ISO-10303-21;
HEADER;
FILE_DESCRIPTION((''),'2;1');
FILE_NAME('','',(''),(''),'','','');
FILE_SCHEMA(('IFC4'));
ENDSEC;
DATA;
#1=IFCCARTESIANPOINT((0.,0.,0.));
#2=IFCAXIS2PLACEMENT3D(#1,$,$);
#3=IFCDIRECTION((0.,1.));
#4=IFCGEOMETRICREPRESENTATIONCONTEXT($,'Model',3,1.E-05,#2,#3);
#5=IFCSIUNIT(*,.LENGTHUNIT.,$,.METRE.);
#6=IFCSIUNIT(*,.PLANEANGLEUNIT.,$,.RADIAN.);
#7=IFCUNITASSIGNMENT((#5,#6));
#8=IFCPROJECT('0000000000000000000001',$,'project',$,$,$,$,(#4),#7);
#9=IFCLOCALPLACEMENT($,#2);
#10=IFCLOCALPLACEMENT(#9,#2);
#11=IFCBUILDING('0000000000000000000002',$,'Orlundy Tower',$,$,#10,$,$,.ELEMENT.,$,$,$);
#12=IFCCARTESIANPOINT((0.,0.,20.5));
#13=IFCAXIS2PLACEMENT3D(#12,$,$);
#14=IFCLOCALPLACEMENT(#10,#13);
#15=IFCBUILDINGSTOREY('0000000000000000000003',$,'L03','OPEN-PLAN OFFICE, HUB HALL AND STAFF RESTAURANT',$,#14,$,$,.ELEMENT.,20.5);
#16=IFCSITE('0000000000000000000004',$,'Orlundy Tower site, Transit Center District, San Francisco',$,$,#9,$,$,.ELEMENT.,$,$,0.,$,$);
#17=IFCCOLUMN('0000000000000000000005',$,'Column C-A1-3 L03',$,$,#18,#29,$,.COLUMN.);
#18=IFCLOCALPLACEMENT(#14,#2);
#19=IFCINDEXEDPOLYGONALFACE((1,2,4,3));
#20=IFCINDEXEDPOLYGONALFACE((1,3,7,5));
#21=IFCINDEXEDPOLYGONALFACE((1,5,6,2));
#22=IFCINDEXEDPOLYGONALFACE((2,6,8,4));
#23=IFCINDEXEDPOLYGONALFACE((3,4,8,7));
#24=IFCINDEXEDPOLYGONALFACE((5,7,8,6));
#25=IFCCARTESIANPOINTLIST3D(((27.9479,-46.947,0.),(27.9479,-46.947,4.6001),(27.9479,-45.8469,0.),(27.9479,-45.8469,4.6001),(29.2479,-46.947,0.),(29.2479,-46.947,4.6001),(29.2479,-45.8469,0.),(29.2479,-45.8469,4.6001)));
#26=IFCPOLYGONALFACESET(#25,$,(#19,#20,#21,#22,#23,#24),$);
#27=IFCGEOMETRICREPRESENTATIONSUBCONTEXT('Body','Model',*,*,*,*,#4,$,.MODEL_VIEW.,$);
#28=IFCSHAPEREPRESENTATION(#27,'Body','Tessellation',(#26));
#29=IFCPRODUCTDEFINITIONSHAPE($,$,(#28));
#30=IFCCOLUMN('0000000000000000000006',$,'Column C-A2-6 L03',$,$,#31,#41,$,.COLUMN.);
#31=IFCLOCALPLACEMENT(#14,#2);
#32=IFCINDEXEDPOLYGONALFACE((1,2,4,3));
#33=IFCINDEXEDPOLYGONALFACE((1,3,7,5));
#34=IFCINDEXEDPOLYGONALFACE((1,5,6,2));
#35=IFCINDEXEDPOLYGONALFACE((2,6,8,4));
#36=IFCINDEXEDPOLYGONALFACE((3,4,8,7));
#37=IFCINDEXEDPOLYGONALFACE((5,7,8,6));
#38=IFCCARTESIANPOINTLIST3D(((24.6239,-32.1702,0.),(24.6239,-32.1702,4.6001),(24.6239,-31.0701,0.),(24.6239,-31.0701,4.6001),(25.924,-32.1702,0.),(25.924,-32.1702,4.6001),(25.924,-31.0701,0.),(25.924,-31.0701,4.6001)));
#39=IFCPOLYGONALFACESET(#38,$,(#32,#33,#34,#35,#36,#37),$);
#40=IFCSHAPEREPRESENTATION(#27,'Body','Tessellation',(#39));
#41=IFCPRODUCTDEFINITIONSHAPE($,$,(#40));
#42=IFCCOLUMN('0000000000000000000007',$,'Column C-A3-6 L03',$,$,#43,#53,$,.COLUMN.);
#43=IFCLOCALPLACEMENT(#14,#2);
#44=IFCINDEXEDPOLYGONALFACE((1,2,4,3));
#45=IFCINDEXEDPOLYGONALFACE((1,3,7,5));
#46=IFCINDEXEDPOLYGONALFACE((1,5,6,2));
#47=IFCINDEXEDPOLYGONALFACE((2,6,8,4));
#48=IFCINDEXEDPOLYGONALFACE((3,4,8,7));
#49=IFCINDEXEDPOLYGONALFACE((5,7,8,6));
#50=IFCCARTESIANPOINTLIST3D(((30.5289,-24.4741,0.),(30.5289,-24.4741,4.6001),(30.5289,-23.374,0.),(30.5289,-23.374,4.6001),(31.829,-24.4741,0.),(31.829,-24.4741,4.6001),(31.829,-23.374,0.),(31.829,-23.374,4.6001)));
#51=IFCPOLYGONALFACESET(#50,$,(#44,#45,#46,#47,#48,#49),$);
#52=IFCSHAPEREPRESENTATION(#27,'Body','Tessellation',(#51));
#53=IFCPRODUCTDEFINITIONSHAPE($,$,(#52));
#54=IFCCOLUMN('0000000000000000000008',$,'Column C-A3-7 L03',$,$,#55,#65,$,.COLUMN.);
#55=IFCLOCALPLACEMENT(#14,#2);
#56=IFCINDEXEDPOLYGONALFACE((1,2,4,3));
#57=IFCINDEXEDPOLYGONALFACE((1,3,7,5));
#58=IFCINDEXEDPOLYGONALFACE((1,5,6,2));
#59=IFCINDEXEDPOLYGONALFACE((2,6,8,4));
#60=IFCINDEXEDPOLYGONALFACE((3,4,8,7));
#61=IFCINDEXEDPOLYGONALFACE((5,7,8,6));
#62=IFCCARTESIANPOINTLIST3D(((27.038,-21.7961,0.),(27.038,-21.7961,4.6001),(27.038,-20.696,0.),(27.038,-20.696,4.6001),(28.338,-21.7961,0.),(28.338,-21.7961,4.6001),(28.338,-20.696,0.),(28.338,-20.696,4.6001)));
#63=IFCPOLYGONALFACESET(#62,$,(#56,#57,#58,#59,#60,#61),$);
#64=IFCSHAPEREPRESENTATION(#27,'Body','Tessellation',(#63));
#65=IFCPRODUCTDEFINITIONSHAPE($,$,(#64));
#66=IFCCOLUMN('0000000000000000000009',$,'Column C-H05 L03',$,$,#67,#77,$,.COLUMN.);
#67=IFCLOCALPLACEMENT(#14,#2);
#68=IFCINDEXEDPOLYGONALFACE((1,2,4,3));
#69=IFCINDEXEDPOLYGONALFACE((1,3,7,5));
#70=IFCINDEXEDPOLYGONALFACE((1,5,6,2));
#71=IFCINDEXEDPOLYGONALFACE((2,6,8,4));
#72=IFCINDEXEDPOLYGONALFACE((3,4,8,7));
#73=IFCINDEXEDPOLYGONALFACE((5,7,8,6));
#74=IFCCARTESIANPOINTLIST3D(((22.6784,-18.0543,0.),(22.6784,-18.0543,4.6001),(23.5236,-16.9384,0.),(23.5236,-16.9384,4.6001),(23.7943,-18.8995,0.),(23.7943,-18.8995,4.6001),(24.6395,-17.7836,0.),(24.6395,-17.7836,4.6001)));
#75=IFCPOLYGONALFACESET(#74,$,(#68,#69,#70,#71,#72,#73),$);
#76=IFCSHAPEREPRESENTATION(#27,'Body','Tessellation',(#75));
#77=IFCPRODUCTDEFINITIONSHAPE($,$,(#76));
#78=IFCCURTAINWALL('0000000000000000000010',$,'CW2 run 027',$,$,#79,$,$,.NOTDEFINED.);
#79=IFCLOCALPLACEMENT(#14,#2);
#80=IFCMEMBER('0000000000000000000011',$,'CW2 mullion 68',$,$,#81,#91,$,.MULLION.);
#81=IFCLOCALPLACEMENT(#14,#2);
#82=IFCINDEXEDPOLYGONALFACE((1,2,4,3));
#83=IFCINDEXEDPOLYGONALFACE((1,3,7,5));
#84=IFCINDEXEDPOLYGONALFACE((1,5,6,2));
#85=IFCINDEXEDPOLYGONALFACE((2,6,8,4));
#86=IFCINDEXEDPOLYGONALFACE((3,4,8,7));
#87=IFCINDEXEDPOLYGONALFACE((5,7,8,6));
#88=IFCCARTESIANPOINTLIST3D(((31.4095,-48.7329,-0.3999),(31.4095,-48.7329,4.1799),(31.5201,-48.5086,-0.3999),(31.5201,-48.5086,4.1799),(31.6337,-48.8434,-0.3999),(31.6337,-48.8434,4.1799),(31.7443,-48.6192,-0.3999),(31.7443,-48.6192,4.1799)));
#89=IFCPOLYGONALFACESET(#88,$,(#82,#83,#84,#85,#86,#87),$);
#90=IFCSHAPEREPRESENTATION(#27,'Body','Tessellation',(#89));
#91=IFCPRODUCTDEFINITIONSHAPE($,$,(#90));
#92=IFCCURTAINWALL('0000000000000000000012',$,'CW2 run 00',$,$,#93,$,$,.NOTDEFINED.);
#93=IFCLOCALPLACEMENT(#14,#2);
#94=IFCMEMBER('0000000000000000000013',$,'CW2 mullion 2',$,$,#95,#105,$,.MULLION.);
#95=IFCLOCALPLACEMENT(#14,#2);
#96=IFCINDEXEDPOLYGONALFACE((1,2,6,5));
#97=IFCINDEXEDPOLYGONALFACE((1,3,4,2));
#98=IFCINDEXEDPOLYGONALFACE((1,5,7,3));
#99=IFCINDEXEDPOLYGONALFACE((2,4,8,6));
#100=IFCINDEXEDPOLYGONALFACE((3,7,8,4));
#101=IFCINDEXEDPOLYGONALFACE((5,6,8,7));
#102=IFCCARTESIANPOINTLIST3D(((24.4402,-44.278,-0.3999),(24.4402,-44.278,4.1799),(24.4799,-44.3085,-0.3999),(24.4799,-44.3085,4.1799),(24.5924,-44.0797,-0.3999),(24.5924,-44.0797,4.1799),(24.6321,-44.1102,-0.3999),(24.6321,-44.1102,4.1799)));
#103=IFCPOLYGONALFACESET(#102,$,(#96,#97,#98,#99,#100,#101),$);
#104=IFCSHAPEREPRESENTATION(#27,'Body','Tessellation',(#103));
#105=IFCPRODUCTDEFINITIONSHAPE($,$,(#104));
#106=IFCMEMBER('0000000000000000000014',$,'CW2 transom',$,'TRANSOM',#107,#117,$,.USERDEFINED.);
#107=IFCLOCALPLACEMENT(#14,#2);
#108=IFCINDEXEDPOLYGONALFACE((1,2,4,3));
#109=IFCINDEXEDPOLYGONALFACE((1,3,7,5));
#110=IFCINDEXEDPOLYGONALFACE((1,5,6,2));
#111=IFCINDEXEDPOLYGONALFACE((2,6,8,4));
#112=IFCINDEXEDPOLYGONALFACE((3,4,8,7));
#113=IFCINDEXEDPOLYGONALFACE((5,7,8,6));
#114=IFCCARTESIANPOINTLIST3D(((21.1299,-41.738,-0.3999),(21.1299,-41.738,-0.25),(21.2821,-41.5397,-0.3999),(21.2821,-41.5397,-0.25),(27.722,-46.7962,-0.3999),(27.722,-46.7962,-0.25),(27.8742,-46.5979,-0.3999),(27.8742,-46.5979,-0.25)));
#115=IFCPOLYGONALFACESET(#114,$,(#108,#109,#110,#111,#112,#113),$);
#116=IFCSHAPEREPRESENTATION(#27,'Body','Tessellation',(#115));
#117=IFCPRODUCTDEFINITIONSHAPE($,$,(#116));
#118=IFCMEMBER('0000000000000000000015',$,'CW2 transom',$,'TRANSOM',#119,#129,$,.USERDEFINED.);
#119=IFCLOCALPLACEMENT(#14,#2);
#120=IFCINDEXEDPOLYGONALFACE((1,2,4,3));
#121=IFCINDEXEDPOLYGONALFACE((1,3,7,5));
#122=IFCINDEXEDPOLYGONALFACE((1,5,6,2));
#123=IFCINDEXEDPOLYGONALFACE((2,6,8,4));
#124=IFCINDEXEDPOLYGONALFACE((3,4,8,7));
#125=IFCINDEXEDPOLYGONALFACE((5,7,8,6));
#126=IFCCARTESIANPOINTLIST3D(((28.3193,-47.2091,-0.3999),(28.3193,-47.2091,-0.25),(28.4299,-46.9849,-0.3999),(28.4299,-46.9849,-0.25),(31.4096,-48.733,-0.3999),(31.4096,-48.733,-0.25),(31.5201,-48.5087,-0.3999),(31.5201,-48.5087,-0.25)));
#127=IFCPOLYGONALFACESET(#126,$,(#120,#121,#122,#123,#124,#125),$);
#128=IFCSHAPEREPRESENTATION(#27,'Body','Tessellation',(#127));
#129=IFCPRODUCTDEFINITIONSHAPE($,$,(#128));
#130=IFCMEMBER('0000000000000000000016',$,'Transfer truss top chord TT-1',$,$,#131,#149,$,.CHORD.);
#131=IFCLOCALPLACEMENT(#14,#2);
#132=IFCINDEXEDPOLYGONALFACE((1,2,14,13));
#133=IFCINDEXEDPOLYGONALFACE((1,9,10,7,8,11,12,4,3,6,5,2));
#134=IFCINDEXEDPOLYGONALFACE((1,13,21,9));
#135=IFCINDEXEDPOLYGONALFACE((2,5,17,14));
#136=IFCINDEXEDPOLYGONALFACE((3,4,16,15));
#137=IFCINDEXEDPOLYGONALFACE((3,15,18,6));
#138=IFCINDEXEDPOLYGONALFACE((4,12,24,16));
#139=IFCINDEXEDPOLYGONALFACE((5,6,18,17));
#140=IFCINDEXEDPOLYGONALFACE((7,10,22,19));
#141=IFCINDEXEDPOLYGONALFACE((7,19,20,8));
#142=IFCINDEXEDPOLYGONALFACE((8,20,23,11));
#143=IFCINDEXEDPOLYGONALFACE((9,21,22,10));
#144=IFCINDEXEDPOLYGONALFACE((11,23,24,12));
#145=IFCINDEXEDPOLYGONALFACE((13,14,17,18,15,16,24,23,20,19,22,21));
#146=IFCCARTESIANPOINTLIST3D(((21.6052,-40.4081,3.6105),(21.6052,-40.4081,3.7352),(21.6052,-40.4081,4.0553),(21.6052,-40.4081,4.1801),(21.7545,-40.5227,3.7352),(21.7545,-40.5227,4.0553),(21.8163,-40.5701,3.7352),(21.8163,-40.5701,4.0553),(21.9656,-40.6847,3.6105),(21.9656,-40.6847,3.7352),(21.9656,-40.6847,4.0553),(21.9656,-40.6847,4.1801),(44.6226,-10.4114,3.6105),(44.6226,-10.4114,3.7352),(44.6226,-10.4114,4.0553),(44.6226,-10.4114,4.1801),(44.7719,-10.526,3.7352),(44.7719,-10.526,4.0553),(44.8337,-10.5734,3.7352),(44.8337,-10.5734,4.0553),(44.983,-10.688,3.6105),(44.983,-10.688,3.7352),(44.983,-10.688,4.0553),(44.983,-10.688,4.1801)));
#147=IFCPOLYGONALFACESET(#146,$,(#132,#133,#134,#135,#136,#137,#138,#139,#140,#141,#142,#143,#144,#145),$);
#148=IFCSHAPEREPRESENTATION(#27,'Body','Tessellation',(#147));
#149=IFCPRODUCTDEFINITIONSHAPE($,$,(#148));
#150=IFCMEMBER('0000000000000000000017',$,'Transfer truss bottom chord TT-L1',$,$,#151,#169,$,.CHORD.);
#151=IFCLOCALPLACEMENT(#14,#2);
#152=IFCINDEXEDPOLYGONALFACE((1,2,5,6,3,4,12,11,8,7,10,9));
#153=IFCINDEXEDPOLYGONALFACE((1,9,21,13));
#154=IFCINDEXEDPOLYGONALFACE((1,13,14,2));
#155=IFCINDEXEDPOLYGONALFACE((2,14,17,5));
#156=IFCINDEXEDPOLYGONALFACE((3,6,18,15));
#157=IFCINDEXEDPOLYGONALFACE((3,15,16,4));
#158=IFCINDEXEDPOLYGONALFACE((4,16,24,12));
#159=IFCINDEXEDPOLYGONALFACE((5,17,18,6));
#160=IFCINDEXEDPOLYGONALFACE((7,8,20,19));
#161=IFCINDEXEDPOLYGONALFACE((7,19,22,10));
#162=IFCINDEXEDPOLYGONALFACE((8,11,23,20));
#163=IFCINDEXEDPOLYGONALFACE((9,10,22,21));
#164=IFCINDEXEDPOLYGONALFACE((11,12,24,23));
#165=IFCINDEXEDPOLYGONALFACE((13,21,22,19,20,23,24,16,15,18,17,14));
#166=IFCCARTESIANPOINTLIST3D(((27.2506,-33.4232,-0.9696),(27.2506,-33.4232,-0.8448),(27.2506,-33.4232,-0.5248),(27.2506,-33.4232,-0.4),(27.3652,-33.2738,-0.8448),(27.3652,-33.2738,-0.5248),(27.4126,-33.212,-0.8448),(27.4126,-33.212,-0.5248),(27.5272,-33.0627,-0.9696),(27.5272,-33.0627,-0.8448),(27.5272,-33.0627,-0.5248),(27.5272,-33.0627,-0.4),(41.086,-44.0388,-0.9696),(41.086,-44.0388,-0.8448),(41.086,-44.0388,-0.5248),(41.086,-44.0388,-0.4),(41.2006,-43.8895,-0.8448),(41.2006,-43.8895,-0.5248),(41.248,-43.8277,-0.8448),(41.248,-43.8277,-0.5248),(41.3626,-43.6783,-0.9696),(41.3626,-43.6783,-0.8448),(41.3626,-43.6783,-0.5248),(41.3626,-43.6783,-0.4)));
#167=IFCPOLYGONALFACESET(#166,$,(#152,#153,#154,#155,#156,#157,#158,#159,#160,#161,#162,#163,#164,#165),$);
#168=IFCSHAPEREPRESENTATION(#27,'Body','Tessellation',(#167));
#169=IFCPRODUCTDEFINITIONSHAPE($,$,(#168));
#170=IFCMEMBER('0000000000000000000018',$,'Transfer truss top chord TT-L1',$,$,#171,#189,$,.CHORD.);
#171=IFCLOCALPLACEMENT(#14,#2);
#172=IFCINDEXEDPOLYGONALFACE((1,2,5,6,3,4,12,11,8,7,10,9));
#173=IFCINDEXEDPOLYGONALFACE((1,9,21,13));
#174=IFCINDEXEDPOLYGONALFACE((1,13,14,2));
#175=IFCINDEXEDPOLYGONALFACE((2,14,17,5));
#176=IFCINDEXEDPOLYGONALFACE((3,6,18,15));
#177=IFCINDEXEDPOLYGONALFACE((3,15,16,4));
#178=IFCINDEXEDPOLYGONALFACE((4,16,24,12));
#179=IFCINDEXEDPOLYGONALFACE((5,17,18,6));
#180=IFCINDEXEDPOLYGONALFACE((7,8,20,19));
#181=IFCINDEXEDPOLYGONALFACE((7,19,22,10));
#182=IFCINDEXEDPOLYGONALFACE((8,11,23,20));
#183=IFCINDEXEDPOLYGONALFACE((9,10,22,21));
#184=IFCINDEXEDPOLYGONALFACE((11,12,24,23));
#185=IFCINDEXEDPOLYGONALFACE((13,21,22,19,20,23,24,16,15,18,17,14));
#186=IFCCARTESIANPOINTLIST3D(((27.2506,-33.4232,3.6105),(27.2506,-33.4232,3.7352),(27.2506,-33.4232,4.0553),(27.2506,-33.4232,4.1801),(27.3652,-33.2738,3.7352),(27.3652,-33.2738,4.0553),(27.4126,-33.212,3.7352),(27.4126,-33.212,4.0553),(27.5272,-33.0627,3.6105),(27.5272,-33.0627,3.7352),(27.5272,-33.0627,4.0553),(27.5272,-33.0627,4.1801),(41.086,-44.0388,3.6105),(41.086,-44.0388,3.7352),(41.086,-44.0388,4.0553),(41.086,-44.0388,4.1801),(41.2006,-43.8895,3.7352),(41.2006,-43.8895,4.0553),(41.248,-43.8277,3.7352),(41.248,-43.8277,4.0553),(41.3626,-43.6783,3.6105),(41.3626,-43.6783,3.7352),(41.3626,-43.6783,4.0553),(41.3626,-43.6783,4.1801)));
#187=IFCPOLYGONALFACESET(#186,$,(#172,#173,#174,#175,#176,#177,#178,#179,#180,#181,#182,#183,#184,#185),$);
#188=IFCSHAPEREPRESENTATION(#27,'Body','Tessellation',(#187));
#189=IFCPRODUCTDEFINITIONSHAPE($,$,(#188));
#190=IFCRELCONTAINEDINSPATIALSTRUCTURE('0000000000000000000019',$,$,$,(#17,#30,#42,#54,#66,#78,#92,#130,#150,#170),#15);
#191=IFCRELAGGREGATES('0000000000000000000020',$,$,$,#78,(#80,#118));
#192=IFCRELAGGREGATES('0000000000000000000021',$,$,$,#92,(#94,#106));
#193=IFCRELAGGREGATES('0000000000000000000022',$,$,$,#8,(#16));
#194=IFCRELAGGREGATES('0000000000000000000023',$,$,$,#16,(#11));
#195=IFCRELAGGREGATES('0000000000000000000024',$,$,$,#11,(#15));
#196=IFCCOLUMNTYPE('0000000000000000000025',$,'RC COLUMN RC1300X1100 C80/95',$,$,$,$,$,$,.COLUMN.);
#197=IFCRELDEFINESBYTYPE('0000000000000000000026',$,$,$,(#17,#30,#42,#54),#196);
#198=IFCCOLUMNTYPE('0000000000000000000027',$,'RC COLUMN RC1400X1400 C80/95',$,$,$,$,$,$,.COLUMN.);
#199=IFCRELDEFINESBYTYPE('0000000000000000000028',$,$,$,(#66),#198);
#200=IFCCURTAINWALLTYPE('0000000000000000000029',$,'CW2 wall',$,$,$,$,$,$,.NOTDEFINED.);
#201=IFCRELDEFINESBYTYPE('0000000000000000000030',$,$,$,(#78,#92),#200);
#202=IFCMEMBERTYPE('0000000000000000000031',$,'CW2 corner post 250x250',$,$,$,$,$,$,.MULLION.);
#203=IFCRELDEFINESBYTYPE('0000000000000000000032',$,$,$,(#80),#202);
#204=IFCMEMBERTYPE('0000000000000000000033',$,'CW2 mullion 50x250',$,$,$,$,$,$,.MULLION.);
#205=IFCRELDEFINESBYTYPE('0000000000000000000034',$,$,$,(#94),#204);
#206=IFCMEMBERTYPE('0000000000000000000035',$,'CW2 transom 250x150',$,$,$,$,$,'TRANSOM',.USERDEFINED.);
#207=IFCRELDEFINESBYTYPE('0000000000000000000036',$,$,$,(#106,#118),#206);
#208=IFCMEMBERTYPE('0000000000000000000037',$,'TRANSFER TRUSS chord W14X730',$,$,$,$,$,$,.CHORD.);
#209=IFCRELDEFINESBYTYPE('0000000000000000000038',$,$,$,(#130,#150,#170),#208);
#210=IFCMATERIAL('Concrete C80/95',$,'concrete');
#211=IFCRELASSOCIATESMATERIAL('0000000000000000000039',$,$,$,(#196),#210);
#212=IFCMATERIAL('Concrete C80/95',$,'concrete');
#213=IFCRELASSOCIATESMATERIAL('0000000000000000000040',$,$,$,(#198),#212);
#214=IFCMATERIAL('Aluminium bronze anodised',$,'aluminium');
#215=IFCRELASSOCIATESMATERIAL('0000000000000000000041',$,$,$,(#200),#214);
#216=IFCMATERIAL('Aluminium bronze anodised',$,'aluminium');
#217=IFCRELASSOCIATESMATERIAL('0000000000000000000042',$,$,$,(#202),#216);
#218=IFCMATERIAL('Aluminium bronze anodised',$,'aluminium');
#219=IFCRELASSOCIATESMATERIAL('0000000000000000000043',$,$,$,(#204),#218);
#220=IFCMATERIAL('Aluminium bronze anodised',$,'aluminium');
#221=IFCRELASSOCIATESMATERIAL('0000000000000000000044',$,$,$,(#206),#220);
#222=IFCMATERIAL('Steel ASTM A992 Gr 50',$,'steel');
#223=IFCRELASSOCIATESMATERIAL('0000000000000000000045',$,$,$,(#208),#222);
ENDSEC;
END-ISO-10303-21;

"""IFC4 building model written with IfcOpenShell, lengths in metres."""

from ifc_helpers import new_model, si_unit, direction, frame, origin, origin_2d, place, context, subcontext, project, spatial, rectangle, i_section, extrude, material, material_profile, profile_set, type_object, element, aggregate, save


model = new_model("IFC4")

# Units and contexts
model_context = context("Model", 3, precision=1e-05, world=origin(), true_north=direction((0.0, 1.0)))
body_context = subcontext(model_context, "Body", "Model", "MODEL_VIEW")
ifc_project = project(units=[si_unit("LENGTHUNIT", "METRE"), si_unit("PLANEANGLEUNIT", "RADIAN")], contexts=[model_context])

# Site, building, storey
site_placement = place(None, origin())
site = spatial("IfcSite", under=ifc_project, at=site_placement, Name="Orlundy Tower site, Transit Center District, San Francisco", CompositionType="ELEMENT", RefElevation=0.0)
building_placement = place(site_placement, origin())
building = spatial("IfcBuilding", under=site, at=building_placement, Name="Orlundy Tower", CompositionType="ELEMENT")
storey_placement = place(building_placement, frame((0.0, 0.0, 20.5)))
storey = spatial("IfcBuildingStorey", under=building, at=storey_placement, Name="L03", Description="OPEN-PLAN OFFICE, HUB HALL AND STAFF RESTAURANT", CompositionType="ELEMENT", Elevation=20.5)

# Columns
ifc_material_1 = material(Name="Concrete C80/95", Category="concrete")
ifc_material_profile_1 = material_profile(ifc_material_1, rectangle(XDim=1.3, YDim=1.1001, at=origin_2d()), Name="RC1300X1100")
ifc_profile_set_1 = profile_set([ifc_material_profile_1], Name="Concrete C80/95")
column_type_1 = type_object("IfcColumnType", Name="RC COLUMN RC1300X1100 C80/95", PredefinedType="COLUMN", material=ifc_profile_set_1)
for number, where, z_axis, x_axis, name in (
    (1, (28.5979, -46.397, 0.0), (0.0, 0.0, 1.0), (1.0, 0.0, 0.0), "Column C-A1-3 L03"),
    (2, (25.2739, -31.6201, 0.0), (0.0, 0.0, 1.0), (1.0, 0.0, 0.0), "Column C-A2-6 L03"),
    (3, (31.179, -23.9241, 0.0), (0.0, 0.0, 1.0), (1.0, 0.0, 0.0), "Column C-A3-6 L03"),
    (4, (27.688, -21.2461, 0.0), (0.0, 0.0, 1.0), (1.0, 0.0, 0.0), "Column C-A3-7 L03"),
):
    element("IfcColumn", number, at=place(storey_placement, frame(where, z_axis=z_axis, x_axis=x_axis)), inside=storey, type_object=column_type_1, Name=name, PredefinedType="COLUMN", context=body_context, shape_type="SweptSolid", body=[
        extrude(rectangle(XDim=1.3, YDim=1.1001, at=origin_2d()), origin(), (0.0, 0.0, 1.0), 4.6001),
    ])
ifc_material_2 = material(Name="Concrete C80/95", Category="concrete")
ifc_material_profile_2 = material_profile(ifc_material_2, rectangle(XDim=1.3999, YDim=1.3999, at=origin_2d()), Name="RC1400X1400")
ifc_profile_set_2 = profile_set([ifc_material_profile_2], Name="Concrete C80/95")
column_type_2 = type_object("IfcColumnType", Name="RC COLUMN RC1400X1400 C80/95", PredefinedType="COLUMN", material=ifc_profile_set_2)
column_placement = place(storey_placement, frame((23.6589, -17.9189, 0.0), z_axis=(0.0, 0.0, 1.0), x_axis=(0.797163, -0.603765, 0.0)))
element("IfcColumn", 5, at=column_placement, inside=storey, type_object=column_type_2, Name="Column C-H05 L03", PredefinedType="COLUMN", context=body_context, shape_type="SweptSolid", body=[
    extrude(rectangle(XDim=1.3999, YDim=1.3999, at=origin_2d()), origin(), (0.0, 0.0, 1.0), 4.6001),
])

# Curtain wall, member
ifc_material_3 = material(Name="Aluminium bronze anodised", Category="aluminium")
curtain_wall_type = type_object("IfcCurtainWallType", Name="CW2 wall", PredefinedType="NOTDEFINED", material=ifc_material_3)
curtain_wall_1_placement = place(storey_placement, origin())
curtain_wall_1 = element("IfcCurtainWall", 6, at=curtain_wall_1_placement, inside=storey, type_object=curtain_wall_type, Name="CW2 run 027", PredefinedType="NOTDEFINED")
ifc_material_4 = material(Name="Aluminium bronze anodised", Category="aluminium")
ifc_material_profile_3 = material_profile(ifc_material_4, rectangle(XDim=0.25, YDim=0.25, at=origin_2d()), Name="CW2 corner post 250x250")
ifc_profile_set_3 = profile_set([ifc_material_profile_3], Name="Aluminium bronze anodised")
member_type_1 = type_object("IfcMemberType", Name="CW2 corner post 250x250", PredefinedType="MULLION", material=ifc_profile_set_3)
member_1_placement = place(storey_placement, frame((31.5769, -48.676, -0.3999), z_axis=(0.0, 0.0, 1.0), x_axis=(-0.442242, -0.896896, 0.0)))
member_1 = element("IfcMember", 7, at=member_1_placement, type_object=member_type_1, Name="CW2 mullion 68", PredefinedType="MULLION", context=body_context, shape_type="SweptSolid", body=[
    extrude(rectangle(XDim=0.25, YDim=0.25, at=origin_2d()), origin(), (0.0, 0.0, 1.0), 4.5798),
])

# Curtain wall, members
curtain_wall_2_placement = place(storey_placement, origin())
curtain_wall_2 = element("IfcCurtainWall", 8, at=curtain_wall_2_placement, inside=storey, type_object=curtain_wall_type, Name="CW2 run 00", PredefinedType="NOTDEFINED")
ifc_material_5 = material(Name="Aluminium bronze anodised", Category="aluminium")
ifc_material_profile_4 = material_profile(ifc_material_5, rectangle(XDim=0.25, YDim=0.05, at=origin_2d()), Name="CW2 mullion 50x250")
ifc_profile_set_4 = profile_set([ifc_material_profile_4], Name="Aluminium bronze anodised")
member_type_2 = type_object("IfcMemberType", Name="CW2 mullion 50x250", PredefinedType="MULLION", material=ifc_profile_set_4)
member_2_placement = place(storey_placement, frame((24.5361, -44.1941, -0.3999), z_axis=(0.0, 0.0, 1.0), x_axis=(-0.608757, -0.793357, 0.0)))
member_2 = element("IfcMember", 9, at=member_2_placement, type_object=member_type_2, Name="CW2 mullion 2", PredefinedType="MULLION", context=body_context, shape_type="SweptSolid", body=[
    extrude(rectangle(XDim=0.25, YDim=0.05, at=origin_2d()), origin(), (0.0, 0.0, 1.0), 4.5798),
])
ifc_material_6 = material(Name="Aluminium bronze anodised", Category="aluminium")
ifc_material_profile_5 = material_profile(ifc_material_6, rectangle(XDim=0.25, YDim=0.1499, at=origin_2d()), Name="CW2 transom 250x150")
ifc_profile_set_5 = profile_set([ifc_material_profile_5], Name="Aluminium bronze anodised")
member_type_3 = type_object("IfcMemberType", Name="CW2 transom 250x150", ElementType="TRANSOM", PredefinedType="USERDEFINED", material=ifc_profile_set_5)
member_3_placement = place(storey_placement, frame((27.7981, -46.697, -0.325), z_axis=(-0.793362, 0.60875, 0.0), x_axis=(-0.60875, -0.793362, 0.0)))
member_3 = element("IfcMember", 10, at=member_3_placement, type_object=member_type_3, Name="CW2 transom", ObjectType="TRANSOM", PredefinedType="USERDEFINED", context=body_context, shape_type="SweptSolid", body=[
    extrude(rectangle(XDim=0.25, YDim=0.1499, at=origin_2d()), origin(), (0.0, 0.0, 1.0), 8.3091),
])

# Member
member_4_placement = place(storey_placement, frame((31.4648, -48.6208, -0.325), z_axis=(-0.896879, 0.442275, 0.0), x_axis=(-0.442275, -0.896879, 0.0)))
member_4 = element("IfcMember", 11, at=member_4_placement, type_object=member_type_3, Name="CW2 transom", ObjectType="TRANSOM", PredefinedType="USERDEFINED", context=body_context, shape_type="SweptSolid", body=[
    extrude(rectangle(XDim=0.25, YDim=0.1499, at=origin_2d()), origin(), (0.0, 0.0, 1.0), 3.4456),
])

# Members
ifc_material_7 = material(Name="Steel ASTM A992 Gr 50", Category="steel")
ifc_material_profile_6 = material_profile(ifc_material_7, i_section(OverallWidth=0.4543, OverallDepth=0.5696, WebThickness=0.0779, FlangeThickness=0.1248, at=origin_2d()), Name="W14X730")
ifc_profile_set_6 = profile_set([ifc_material_profile_6], Name="Steel ASTM A992 Gr 50")
member_type_4 = type_object("IfcMemberType", Name="TRANSFER TRUSS chord W14X730", PredefinedType="CHORD", material=ifc_profile_set_6)
member_5_placement = place(storey_placement, frame((21.7854, -40.5464, 3.8953), z_axis=(0.608764, 0.793351, 0.0), x_axis=(-0.793351, 0.608764, 0.0)))
element("IfcMember", 12, at=member_5_placement, inside=storey, type_object=member_type_4, Name="Transfer truss top chord TT-1", PredefinedType="CHORD", context=body_context, shape_type="SweptSolid", body=[
    extrude(i_section(OverallWidth=0.4543, OverallDepth=0.5696, WebThickness=0.0779, FlangeThickness=0.1248, at=origin_2d()), origin(), (0.0, 0.0, 1.0), 37.8101),
])
for number, where, z_axis, x_axis, name in (
    (13, (27.3889, -33.2429, -0.6848), (0.79337, -0.60874, 0.0), (0.60874, 0.79337, 0.0), "Transfer truss bottom chord TT-L1"),
    (14, (27.3889, -33.2429, 3.8953), (0.79337, -0.60874, 0.0), (0.60874, 0.79337, 0.0), "Transfer truss top chord TT-L1"),
):
    element("IfcMember", number, at=place(storey_placement, frame(where, z_axis=z_axis, x_axis=x_axis)), inside=storey, type_object=member_type_4, Name=name, PredefinedType="CHORD", context=body_context, shape_type="SweptSolid", body=[
        extrude(i_section(OverallWidth=0.4543, OverallDepth=0.5696, WebThickness=0.0779, FlangeThickness=0.1248, at=origin_2d()), origin(), (0.0, 0.0, 1.0), 17.4387),
    ])

aggregate(curtain_wall_1, [member_1, member_4])
aggregate(curtain_wall_2, [member_2, member_3])

save(model, "model.ifc")
